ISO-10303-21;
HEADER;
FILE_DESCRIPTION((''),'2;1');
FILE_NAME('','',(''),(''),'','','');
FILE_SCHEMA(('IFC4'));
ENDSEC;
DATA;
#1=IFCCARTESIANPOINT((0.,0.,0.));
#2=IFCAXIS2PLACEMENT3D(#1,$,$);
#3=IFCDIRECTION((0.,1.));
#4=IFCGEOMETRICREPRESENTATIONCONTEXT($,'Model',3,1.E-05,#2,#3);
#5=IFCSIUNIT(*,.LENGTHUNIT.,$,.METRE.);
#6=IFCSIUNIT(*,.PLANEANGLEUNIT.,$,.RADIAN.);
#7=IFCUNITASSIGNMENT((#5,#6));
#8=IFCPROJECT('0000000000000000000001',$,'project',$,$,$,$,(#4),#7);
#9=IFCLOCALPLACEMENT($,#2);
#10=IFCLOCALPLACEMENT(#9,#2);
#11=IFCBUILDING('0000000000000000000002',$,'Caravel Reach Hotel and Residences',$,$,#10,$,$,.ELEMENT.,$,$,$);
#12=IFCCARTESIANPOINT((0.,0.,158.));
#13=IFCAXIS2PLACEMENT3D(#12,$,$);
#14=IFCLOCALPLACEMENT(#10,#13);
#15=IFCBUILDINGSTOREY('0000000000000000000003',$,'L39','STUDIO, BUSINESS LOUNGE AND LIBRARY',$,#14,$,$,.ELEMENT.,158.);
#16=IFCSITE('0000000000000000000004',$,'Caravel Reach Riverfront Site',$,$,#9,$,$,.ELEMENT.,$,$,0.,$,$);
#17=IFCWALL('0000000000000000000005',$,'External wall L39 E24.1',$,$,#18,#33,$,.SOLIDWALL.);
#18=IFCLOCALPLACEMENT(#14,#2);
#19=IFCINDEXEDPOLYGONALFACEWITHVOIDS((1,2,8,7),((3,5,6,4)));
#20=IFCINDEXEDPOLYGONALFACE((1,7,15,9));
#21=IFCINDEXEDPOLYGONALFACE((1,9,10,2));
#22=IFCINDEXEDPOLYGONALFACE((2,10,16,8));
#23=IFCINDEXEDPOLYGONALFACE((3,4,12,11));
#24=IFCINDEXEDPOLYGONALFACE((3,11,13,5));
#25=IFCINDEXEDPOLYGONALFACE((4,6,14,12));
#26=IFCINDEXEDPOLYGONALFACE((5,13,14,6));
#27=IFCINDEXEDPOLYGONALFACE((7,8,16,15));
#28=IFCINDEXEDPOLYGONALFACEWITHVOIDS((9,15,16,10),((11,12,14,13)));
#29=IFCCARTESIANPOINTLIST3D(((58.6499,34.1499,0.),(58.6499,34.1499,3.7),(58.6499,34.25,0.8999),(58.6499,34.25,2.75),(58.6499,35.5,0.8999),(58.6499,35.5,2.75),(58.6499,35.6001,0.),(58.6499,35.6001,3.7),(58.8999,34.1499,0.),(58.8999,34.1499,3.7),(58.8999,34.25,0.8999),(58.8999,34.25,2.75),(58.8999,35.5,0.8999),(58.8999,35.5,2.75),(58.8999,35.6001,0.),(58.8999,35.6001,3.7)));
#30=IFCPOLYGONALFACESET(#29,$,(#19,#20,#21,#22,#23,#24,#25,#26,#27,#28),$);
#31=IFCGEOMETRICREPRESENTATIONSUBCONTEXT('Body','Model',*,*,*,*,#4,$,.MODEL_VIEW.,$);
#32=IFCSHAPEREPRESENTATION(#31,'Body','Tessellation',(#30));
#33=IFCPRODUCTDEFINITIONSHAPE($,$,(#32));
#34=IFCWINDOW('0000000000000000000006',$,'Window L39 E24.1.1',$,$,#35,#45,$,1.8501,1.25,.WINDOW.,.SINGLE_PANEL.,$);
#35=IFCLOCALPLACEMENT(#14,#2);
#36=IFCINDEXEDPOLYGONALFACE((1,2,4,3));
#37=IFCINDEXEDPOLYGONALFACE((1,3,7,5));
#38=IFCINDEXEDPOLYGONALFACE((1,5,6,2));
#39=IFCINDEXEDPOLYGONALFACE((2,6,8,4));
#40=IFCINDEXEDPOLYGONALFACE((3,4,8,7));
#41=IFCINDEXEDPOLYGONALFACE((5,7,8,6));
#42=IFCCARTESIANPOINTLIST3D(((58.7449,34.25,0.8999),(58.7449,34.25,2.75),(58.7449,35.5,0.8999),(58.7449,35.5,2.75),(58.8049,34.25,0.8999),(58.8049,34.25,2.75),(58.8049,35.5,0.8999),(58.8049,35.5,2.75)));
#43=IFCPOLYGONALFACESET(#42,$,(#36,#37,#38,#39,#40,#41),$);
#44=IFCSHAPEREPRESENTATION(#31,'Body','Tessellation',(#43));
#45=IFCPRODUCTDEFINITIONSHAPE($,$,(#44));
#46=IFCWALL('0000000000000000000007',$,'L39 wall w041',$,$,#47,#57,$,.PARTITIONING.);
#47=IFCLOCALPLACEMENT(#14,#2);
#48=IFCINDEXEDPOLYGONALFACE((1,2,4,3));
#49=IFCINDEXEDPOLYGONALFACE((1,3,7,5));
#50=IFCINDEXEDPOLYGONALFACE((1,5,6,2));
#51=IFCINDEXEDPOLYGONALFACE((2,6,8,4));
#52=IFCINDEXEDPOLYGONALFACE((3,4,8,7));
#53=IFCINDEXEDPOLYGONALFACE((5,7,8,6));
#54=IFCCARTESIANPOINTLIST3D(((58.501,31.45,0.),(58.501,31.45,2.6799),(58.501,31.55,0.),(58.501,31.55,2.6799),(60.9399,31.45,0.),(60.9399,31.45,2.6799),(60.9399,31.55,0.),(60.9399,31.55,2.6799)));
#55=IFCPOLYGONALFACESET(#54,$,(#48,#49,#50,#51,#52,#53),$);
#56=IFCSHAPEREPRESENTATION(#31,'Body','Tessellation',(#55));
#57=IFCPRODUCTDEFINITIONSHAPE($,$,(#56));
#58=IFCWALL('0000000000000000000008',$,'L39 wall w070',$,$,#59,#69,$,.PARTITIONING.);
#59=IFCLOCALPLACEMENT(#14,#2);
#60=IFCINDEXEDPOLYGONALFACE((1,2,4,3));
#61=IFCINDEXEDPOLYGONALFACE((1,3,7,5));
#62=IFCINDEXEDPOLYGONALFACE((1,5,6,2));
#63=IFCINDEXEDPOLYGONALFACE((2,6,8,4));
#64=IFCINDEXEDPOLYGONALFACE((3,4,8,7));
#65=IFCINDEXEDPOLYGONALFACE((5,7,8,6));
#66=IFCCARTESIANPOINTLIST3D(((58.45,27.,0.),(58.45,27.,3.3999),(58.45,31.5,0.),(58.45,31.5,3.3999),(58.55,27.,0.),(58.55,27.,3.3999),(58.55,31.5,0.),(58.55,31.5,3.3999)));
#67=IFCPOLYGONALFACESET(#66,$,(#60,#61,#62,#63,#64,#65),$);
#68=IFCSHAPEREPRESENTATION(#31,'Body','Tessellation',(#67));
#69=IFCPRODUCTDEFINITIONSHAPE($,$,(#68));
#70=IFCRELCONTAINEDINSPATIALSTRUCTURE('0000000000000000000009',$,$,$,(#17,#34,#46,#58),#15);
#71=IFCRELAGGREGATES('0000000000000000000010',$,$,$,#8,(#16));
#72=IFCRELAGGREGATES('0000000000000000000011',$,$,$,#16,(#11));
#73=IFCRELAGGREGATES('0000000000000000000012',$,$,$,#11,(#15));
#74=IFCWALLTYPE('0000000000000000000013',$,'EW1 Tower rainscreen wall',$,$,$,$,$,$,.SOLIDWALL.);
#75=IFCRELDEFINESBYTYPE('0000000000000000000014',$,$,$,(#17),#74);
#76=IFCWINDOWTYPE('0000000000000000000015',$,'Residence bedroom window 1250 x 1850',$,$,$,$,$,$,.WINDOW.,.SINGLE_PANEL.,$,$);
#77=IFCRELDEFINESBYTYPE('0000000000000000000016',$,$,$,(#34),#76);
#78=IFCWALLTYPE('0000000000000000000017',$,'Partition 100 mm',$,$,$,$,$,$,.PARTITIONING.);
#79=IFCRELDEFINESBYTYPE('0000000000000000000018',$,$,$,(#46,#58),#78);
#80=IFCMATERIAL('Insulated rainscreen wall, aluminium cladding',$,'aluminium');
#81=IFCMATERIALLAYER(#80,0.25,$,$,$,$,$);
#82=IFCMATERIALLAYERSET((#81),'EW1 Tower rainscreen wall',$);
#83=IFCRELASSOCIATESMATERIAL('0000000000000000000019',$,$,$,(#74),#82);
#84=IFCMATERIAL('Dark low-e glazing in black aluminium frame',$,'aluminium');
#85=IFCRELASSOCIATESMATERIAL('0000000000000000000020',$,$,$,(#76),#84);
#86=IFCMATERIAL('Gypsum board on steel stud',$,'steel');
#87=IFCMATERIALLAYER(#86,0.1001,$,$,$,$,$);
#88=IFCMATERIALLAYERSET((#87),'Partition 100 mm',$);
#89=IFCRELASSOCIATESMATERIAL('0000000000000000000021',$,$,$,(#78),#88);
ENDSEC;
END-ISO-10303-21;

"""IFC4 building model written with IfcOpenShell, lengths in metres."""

from ifc_helpers import new_model, si_unit, direction, frame, frame_2d, origin, place, context, subcontext, project, spatial, rectangle, extrude, material, layer, layer_set, type_object, element, fill, save


model = new_model("IFC4")

# Units and contexts
model_context = context("Model", 3, precision=1e-05, world=origin(), true_north=direction((0.0, 1.0)))
body_context = subcontext(model_context, "Body", "Model", "MODEL_VIEW")
ifc_project = project(units=[si_unit("LENGTHUNIT", "METRE"), si_unit("PLANEANGLEUNIT", "RADIAN")], contexts=[model_context])

# Site, building, storey
site_placement = place(None, origin())
site = spatial("IfcSite", under=ifc_project, at=site_placement, Name="Caravel Reach Riverfront Site", CompositionType="ELEMENT", RefElevation=0.0)
building_placement = place(site_placement, origin())
building = spatial("IfcBuilding", under=site, at=building_placement, Name="Caravel Reach Hotel and Residences", CompositionType="ELEMENT")
storey_placement = place(building_placement, frame((0.0, 0.0, 158.0)))
storey = spatial("IfcBuildingStorey", under=building, at=storey_placement, Name="L39", Description="STUDIO, BUSINESS LOUNGE AND LIBRARY", CompositionType="ELEMENT", Elevation=158.0)

# Shared definitions
ifc_material_1 = material(Name="Insulated rainscreen wall, aluminium cladding", Category="aluminium")
ifc_layer_1 = layer(ifc_material_1, 0.25)
ifc_layer_set_1 = layer_set([ifc_layer_1], Name="EW1 Tower rainscreen wall")
wall_type_1 = type_object("IfcWallType", Name="EW1 Tower rainscreen wall", PredefinedType="SOLIDWALL", material=ifc_layer_set_1)

# Wall, opening, window
ifc_material_2 = material(Name="Dark low-e glazing in black aluminium frame", Category="aluminium")
window_type_1 = type_object("IfcWindowType", Name="Residence bedroom window 1250 x 1850", PartitioningType="SINGLE_PANEL", PredefinedType="WINDOW", material=ifc_material_2)
wall_1_placement = place(storey_placement, frame((58.7749, 34.1499, 0.0), z_axis=(0.0, 0.0, 1.0), x_axis=(0.0, 1.0, 0.0)))
wall_1 = element("IfcWall", 1, at=wall_1_placement, inside=storey, type_object=wall_type_1, Name="External wall L39 E24.1", PredefinedType="SOLIDWALL", context=body_context, shape_type="SweptSolid", body=[
    extrude(rectangle(XDim=1.4502, YDim=0.25, at=frame_2d((0.7251, 0.0))), origin(), (0.0, 0.0, 1.0), 3.7),
])
opening_1_placement = place(wall_1_placement, frame((0.1001, 0.0, 0.8999)))
opening_1 = element("IfcOpeningElement", 2, at=opening_1_placement, cuts=wall_1, PredefinedType="OPENING", context=body_context, shape_type="SweptSolid", body=[
    extrude(rectangle(XDim=1.25, YDim=1.8501, at=frame_2d((0.625, 0.925))), frame((0.0, 0.135, 0.0), z_axis=(0.0, -1.0, 0.0), x_axis=(1.0, 0.0, 0.0)), (0.0, 0.0, 1.0), 0.27),
])
window_1_placement = place(opening_1_placement, origin())
window_1 = element("IfcWindow", 3, at=window_1_placement, inside=storey, type_object=window_type_1, Name="Window L39 E24.1.1", OverallHeight=1.8501, OverallWidth=1.25, PartitioningType="SINGLE_PANEL", PredefinedType="WINDOW", context=body_context, shape_type="SweptSolid", body=[
    extrude(rectangle(XDim=1.25, YDim=1.8501, at=frame_2d((0.625, 0.925))), frame((0.0, 0.03, 0.0), z_axis=(0.0, -1.0, 0.0), x_axis=(1.0, 0.0, 0.0)), (0.0, 0.0, 1.0), 0.0601),
])
fill(opening_1, window_1)

# Walls
ifc_material_3 = material(Name="Gypsum board on steel stud", Category="steel")
ifc_layer_2 = layer(ifc_material_3, 0.1001)
ifc_layer_set_2 = layer_set([ifc_layer_2], Name="Partition 100 mm")
wall_type_2 = type_object("IfcWallType", Name="Partition 100 mm", PredefinedType="PARTITIONING", material=ifc_layer_set_2)
wall_2_placement = place(storey_placement, frame((58.501, 31.5, 0.0), z_axis=(0.0, 0.0, 1.0), x_axis=(1.0, 0.0, 0.0)))
element("IfcWall", 4, at=wall_2_placement, inside=storey, type_object=wall_type_2, Name="L39 wall w041", PredefinedType="PARTITIONING", context=body_context, shape_type="SweptSolid", body=[
    extrude(rectangle(XDim=2.439, YDim=0.1001, at=frame_2d((1.2195, 0.0))), origin(), (0.0, 0.0, 1.0), 2.6799),
])
wall_3_placement = place(storey_placement, frame((58.5, 27.0, 0.0), z_axis=(0.0, 0.0, 1.0), x_axis=(0.0, 1.0, 0.0)))
element("IfcWall", 5, at=wall_3_placement, inside=storey, type_object=wall_type_2, Name="L39 wall w070", PredefinedType="PARTITIONING", context=body_context, shape_type="SweptSolid", body=[
    extrude(rectangle(XDim=4.5, YDim=0.1001, at=frame_2d((2.25, 0.0))), origin(), (0.0, 0.0, 1.0), 3.3999),
])

save(model, "model.ifc")
